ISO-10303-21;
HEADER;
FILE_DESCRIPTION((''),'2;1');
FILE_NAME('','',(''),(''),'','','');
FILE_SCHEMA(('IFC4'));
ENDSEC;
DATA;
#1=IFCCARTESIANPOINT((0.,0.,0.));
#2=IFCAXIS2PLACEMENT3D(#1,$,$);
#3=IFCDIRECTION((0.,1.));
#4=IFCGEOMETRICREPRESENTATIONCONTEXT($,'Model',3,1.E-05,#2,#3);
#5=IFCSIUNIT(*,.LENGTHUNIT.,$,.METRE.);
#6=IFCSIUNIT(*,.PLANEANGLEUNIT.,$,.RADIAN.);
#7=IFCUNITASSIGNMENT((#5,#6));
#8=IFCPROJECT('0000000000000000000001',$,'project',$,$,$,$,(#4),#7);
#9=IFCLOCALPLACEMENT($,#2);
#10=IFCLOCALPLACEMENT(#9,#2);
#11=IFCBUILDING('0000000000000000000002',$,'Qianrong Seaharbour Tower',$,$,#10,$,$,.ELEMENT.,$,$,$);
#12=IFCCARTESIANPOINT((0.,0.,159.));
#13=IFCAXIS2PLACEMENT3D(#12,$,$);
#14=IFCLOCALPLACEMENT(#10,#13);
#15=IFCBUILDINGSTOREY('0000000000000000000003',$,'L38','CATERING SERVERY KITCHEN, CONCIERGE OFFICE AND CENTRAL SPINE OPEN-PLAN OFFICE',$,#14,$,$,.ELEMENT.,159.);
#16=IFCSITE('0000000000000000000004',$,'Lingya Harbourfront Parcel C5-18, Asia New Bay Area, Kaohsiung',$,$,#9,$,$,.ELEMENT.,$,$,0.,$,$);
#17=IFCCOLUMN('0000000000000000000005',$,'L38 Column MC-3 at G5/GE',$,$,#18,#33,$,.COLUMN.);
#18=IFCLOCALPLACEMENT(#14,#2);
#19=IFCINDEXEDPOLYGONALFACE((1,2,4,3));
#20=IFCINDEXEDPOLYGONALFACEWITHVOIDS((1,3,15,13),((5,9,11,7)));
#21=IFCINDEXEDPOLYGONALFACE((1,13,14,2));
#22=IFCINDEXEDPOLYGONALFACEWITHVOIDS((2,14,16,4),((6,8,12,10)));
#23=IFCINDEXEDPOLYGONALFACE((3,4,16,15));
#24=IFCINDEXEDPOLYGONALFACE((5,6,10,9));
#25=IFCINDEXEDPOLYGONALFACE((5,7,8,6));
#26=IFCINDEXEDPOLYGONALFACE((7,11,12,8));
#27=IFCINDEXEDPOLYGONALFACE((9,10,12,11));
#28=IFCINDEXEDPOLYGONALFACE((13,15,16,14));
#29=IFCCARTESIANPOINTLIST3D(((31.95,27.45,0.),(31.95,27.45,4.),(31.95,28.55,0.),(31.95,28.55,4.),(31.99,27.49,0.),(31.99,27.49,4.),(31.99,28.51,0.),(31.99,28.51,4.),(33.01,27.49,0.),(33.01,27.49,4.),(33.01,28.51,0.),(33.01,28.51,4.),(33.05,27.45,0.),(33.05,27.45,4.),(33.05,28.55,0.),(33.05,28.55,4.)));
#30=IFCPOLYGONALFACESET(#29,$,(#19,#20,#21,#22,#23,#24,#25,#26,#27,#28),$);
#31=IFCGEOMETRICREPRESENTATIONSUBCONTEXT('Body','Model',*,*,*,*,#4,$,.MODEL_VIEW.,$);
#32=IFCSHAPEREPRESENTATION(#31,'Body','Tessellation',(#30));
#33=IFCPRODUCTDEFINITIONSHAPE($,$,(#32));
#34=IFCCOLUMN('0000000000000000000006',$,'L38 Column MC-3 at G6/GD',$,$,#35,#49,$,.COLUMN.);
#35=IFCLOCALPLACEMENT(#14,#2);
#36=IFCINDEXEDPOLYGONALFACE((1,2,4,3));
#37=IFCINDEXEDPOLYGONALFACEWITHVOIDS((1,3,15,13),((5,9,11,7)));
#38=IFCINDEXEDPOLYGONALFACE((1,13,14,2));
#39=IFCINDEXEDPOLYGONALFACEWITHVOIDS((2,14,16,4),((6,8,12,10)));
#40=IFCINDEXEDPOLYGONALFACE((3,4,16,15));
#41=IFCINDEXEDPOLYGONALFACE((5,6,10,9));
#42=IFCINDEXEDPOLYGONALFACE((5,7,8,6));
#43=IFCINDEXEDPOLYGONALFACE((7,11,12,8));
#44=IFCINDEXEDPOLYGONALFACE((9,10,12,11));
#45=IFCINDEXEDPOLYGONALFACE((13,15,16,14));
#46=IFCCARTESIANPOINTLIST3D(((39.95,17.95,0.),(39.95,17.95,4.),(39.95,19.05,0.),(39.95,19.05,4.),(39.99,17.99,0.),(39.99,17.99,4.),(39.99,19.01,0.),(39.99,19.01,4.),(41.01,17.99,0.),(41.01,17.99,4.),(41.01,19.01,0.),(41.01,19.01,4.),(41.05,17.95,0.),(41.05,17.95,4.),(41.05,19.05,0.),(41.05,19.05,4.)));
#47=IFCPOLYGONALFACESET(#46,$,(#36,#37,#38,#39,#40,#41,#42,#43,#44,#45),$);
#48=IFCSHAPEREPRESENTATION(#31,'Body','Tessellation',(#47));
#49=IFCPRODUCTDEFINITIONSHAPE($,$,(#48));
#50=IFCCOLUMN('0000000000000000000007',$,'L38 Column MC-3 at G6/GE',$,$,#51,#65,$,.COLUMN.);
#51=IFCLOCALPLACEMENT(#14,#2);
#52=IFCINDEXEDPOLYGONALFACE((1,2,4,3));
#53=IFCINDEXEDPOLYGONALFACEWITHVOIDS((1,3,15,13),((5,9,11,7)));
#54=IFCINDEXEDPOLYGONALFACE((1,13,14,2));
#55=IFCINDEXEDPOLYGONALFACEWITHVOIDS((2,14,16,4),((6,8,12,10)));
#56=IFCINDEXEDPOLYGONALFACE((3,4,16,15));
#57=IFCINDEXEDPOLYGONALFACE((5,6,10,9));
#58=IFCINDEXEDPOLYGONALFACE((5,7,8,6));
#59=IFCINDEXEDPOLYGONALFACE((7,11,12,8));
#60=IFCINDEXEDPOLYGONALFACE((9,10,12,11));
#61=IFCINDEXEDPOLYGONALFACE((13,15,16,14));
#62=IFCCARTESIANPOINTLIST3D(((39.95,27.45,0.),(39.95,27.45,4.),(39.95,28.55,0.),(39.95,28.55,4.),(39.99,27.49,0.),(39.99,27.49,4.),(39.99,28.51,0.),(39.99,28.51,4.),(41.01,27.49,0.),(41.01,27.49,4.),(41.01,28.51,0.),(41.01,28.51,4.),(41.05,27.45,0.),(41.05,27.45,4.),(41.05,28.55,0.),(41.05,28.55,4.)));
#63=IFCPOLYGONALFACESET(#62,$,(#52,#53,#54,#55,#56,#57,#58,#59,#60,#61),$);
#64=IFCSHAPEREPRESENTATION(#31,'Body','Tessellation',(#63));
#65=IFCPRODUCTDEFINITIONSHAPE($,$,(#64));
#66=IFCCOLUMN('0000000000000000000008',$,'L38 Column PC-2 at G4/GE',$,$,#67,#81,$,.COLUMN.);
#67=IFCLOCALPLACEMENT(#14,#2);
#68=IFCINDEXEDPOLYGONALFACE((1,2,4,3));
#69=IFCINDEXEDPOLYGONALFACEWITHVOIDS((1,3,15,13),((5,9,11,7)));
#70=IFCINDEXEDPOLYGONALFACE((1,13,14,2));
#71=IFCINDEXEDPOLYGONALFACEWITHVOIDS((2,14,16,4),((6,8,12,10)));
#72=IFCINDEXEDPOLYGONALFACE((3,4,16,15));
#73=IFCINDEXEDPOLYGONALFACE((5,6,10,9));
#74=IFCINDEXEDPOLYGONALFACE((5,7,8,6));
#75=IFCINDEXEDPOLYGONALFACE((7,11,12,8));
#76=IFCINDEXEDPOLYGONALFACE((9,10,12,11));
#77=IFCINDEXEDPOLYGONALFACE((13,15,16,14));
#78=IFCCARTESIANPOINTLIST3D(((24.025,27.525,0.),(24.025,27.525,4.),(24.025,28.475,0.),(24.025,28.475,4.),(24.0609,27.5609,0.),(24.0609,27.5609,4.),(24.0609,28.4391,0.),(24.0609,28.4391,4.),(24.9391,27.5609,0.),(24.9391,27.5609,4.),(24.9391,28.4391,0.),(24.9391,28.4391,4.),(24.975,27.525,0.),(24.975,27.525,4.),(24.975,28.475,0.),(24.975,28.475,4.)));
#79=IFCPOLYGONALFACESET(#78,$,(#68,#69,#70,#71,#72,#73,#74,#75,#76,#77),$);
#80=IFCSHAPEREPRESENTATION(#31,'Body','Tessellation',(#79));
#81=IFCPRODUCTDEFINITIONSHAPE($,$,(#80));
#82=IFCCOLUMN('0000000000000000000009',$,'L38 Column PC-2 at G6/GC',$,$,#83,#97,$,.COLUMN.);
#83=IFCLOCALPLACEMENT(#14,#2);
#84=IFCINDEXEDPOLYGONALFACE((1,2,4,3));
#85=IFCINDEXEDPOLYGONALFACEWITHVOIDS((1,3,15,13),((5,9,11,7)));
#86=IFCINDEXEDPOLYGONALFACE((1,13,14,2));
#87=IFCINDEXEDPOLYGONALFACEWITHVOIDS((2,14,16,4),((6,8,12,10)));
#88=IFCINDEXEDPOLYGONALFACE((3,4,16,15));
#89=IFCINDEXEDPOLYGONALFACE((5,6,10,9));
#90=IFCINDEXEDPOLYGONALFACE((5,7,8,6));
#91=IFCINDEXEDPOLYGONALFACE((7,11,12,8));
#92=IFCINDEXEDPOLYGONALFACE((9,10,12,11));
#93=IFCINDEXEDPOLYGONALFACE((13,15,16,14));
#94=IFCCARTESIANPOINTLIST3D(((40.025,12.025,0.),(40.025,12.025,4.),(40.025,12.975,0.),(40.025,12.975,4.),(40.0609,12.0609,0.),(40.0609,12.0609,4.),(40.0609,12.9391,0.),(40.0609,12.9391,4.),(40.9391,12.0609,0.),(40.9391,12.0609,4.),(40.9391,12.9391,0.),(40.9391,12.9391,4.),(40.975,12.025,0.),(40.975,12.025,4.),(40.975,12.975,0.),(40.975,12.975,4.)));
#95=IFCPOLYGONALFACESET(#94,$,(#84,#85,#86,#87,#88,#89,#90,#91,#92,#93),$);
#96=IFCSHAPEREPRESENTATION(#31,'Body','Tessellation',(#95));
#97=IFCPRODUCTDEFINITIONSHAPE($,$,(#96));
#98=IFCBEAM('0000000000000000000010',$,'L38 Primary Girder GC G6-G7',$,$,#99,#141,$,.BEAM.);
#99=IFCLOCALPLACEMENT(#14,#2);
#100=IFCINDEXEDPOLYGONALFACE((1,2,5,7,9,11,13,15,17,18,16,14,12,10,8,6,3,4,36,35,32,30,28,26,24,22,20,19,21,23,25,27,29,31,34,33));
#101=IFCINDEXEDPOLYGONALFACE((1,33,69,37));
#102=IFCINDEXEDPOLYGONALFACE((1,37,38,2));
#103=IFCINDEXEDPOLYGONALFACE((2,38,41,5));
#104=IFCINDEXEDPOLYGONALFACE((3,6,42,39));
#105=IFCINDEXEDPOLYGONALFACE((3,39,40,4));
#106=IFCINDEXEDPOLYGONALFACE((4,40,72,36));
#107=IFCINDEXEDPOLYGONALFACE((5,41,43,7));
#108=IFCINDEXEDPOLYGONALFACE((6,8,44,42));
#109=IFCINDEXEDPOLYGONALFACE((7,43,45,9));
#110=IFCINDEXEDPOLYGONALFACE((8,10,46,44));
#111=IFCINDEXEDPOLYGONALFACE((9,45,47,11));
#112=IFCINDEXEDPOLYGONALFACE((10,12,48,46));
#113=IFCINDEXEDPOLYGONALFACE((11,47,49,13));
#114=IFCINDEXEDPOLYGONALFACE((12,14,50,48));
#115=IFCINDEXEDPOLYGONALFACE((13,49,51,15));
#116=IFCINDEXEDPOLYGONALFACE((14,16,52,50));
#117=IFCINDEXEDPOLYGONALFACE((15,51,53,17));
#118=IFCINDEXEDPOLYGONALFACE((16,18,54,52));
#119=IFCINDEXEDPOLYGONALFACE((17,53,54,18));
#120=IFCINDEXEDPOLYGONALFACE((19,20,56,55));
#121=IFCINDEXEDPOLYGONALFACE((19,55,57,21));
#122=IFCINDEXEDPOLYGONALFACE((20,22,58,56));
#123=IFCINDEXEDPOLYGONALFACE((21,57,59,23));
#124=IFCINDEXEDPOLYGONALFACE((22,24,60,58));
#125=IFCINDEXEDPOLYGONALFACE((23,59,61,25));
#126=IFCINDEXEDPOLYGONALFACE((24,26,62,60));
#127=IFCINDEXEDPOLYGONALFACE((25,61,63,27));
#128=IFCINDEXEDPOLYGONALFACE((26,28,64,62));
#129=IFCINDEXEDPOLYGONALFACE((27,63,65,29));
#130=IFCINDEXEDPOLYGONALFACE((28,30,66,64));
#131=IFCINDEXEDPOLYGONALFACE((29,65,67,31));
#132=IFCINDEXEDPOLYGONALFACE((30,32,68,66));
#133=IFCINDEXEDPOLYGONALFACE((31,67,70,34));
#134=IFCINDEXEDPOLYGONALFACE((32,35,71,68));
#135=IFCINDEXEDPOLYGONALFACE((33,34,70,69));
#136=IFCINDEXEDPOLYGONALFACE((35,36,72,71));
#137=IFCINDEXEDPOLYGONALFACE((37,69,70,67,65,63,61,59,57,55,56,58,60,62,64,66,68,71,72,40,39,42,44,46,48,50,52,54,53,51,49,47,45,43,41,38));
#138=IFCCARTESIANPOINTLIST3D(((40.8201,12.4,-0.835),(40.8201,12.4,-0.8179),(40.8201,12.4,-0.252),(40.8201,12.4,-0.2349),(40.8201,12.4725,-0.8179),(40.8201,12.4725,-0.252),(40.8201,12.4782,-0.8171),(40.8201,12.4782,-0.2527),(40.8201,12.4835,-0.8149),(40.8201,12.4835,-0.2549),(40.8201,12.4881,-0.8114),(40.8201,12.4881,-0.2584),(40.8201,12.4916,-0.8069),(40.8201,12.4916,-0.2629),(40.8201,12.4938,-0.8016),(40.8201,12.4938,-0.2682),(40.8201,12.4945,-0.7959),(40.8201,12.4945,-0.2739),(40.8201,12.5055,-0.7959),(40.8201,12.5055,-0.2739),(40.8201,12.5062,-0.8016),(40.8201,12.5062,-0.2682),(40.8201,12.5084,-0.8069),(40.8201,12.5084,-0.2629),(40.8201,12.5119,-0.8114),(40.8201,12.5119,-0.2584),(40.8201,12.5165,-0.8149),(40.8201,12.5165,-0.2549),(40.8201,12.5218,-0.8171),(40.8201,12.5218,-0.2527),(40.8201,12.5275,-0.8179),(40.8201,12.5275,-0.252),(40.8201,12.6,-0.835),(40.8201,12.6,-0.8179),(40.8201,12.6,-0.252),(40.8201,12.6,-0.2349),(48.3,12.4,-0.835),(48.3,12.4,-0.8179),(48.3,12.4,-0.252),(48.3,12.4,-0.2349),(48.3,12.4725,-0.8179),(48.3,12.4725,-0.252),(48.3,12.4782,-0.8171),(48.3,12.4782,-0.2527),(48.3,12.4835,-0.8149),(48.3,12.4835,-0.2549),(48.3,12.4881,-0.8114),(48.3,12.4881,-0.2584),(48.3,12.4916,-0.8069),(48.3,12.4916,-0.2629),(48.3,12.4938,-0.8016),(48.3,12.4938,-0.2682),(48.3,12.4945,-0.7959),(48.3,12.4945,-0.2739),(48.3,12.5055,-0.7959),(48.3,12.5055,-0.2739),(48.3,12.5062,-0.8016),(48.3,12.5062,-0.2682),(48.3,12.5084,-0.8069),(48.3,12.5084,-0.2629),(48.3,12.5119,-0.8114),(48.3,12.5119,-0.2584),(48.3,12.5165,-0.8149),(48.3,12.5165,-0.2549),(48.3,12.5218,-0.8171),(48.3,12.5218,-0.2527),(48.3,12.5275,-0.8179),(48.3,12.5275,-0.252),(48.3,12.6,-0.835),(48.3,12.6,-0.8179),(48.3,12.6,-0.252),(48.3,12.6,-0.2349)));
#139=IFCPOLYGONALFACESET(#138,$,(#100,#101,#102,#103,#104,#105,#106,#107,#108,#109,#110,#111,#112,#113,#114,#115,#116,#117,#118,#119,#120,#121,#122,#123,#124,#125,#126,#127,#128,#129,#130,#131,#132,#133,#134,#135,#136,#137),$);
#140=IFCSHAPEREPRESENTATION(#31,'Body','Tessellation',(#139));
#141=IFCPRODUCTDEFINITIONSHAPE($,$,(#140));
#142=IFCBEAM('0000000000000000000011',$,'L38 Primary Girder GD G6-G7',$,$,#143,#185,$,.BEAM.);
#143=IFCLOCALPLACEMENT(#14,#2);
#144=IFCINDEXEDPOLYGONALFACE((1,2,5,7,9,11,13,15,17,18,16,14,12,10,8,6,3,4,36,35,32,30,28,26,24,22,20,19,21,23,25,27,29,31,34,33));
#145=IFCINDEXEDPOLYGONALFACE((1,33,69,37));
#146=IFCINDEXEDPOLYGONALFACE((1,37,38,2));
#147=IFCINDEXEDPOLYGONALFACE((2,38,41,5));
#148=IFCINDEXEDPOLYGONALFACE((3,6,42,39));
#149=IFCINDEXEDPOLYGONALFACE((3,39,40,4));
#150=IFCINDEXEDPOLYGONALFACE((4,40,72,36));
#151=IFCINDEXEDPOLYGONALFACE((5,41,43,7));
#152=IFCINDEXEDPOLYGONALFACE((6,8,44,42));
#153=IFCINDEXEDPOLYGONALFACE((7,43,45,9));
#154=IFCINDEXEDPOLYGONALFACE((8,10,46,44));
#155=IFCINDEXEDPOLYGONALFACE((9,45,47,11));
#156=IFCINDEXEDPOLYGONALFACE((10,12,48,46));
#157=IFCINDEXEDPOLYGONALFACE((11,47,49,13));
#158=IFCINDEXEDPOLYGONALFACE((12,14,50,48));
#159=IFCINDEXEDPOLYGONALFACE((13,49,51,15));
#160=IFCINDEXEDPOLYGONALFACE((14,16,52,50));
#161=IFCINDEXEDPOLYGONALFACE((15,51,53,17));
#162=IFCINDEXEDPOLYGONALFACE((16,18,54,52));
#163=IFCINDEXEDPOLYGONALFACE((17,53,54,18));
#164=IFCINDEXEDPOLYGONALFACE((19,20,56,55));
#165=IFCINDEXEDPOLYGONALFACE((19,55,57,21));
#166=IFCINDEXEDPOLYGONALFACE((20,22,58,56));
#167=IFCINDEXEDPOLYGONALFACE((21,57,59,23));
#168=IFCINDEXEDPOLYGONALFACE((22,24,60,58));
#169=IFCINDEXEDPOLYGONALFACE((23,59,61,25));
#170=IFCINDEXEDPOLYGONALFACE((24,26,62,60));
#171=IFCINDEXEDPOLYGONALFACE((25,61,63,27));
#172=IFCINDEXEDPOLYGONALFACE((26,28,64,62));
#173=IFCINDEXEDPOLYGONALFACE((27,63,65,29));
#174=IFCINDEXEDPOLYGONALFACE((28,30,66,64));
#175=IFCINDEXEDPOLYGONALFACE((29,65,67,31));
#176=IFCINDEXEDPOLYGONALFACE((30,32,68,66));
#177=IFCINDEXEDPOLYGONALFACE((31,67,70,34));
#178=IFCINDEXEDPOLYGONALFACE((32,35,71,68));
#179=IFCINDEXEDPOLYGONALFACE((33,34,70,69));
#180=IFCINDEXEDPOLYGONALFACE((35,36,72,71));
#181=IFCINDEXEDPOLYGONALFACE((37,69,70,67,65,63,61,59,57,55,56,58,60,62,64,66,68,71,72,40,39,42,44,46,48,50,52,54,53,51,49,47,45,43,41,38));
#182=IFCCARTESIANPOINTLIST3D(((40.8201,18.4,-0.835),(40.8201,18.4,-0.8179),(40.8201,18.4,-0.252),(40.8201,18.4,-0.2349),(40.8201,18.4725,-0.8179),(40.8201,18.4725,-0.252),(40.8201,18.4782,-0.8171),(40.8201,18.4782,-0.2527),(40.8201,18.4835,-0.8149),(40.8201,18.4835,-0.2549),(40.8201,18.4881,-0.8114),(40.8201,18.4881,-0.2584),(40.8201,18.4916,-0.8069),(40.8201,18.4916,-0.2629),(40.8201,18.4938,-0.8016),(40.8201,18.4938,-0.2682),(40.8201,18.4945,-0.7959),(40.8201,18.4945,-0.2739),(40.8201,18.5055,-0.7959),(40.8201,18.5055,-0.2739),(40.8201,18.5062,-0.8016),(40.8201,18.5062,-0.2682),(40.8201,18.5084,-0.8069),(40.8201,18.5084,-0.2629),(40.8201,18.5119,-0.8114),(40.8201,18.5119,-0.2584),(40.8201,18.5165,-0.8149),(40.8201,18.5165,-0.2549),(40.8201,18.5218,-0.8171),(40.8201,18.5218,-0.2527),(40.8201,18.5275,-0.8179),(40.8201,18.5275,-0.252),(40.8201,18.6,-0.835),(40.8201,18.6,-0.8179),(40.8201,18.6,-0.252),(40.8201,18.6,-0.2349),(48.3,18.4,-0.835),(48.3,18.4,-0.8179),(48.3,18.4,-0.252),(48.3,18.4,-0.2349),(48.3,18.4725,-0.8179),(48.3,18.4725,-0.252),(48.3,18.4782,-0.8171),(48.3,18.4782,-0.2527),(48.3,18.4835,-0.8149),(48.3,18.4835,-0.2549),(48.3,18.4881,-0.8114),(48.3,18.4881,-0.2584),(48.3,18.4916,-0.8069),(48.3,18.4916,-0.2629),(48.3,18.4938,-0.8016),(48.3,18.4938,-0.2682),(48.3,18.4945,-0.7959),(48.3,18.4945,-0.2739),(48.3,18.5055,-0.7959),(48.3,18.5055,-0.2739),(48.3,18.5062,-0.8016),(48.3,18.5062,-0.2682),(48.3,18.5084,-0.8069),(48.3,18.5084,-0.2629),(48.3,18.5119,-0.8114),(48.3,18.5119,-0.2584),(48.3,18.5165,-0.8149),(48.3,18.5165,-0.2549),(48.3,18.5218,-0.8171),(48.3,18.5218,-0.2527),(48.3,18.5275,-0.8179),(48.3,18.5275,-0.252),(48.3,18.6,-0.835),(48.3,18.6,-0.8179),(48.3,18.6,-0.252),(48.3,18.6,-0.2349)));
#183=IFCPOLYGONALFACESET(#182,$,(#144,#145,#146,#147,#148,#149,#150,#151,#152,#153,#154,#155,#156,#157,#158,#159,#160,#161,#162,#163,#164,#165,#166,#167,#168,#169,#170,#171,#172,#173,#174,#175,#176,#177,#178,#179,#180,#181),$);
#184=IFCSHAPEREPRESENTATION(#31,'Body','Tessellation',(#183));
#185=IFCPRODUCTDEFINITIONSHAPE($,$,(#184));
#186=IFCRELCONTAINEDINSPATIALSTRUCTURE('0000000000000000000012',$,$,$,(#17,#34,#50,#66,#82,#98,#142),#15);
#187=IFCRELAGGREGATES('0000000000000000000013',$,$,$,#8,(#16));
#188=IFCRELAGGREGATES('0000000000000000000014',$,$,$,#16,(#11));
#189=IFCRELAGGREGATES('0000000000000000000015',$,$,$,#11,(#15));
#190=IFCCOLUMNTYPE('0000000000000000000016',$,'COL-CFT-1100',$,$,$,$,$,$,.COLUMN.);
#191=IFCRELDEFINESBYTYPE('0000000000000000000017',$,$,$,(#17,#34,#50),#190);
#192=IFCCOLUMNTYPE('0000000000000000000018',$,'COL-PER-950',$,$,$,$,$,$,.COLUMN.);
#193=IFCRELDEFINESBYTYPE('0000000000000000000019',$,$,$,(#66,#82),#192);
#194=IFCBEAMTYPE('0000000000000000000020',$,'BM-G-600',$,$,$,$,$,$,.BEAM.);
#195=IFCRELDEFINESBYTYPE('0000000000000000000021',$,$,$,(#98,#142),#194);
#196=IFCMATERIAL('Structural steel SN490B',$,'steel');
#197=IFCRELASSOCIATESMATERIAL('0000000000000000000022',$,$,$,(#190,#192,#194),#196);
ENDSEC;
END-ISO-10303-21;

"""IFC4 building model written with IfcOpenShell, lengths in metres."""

from ifc_helpers import new_model, si_unit, direction, frame, origin, origin_2d, place, context, subcontext, project, spatial, hollow_rectangle, i_section, extrude, material, material_profile, profile_set, type_object, element, save


model = new_model("IFC4")

# Units and contexts
model_context = context("Model", 3, precision=1e-05, world=origin(), true_north=direction((0.0, 1.0)))
body_context = subcontext(model_context, "Body", "Model", "MODEL_VIEW")
ifc_project = project(units=[si_unit("LENGTHUNIT", "METRE"), si_unit("PLANEANGLEUNIT", "RADIAN")], contexts=[model_context])

# Site, building, storey
site_placement = place(None, origin())
site = spatial("IfcSite", under=ifc_project, at=site_placement, Name="Lingya Harbourfront Parcel C5-18, Asia New Bay Area, Kaohsiung", CompositionType="ELEMENT", RefElevation=0.0)
building_placement = place(site_placement, origin())
building = spatial("IfcBuilding", under=site, at=building_placement, Name="Qianrong Seaharbour Tower", CompositionType="ELEMENT")
storey_placement = place(building_placement, frame((0.0, 0.0, 159.0)))
storey = spatial("IfcBuildingStorey", under=building, at=storey_placement, Name="L38", Description="CATERING SERVERY KITCHEN, CONCIERGE OFFICE AND CENTRAL SPINE OPEN-PLAN OFFICE", CompositionType="ELEMENT", Elevation=159.0)

# Columns
ifc_material_1 = material(Name="Structural steel SN490B", Category="steel")
ifc_material_profile_1 = material_profile(ifc_material_1, hollow_rectangle(XDim=1.1001, YDim=1.1001, WallThickness=0.04, at=origin_2d()), Name="BOX1100x1100x40")
ifc_profile_set_1 = profile_set([ifc_material_profile_1], Name="Structural steel SN490B")
column_type_1 = type_object("IfcColumnType", Name="COL-CFT-1100", PredefinedType="COLUMN", material=ifc_profile_set_1)
for number, where, z_axis, x_axis, name in (
    (1, (32.5, 28.0, 0.0), (0.0, 0.0, 1.0), (1.0, 0.0, 0.0), "L38 Column MC-3 at G5/GE"),
    (2, (40.5, 18.5, 0.0), (0.0, 0.0, 1.0), (1.0, 0.0, 0.0), "L38 Column MC-3 at G6/GD"),
    (3, (40.5, 28.0, 0.0), (0.0, 0.0, 1.0), (1.0, 0.0, 0.0), "L38 Column MC-3 at G6/GE"),
):
    element("IfcColumn", number, at=place(storey_placement, frame(where, z_axis=z_axis, x_axis=x_axis)), inside=storey, type_object=column_type_1, Name=name, PredefinedType="COLUMN", context=body_context, shape_type="SweptSolid", body=[
        extrude(hollow_rectangle(XDim=1.1001, YDim=1.1001, WallThickness=0.04, at=origin_2d()), origin(), (0.0, 0.0, 1.0), 4.0),
    ])
ifc_material_profile_2 = material_profile(ifc_material_1, hollow_rectangle(XDim=0.95, YDim=0.95, WallThickness=0.0359, at=origin_2d()), Name="BOX950x950x36")
ifc_profile_set_2 = profile_set([ifc_material_profile_2], Name="Structural steel SN490B")
column_type_2 = type_object("IfcColumnType", Name="COL-PER-950", PredefinedType="COLUMN", material=ifc_profile_set_2)
for number, where, z_axis, x_axis, name in (
    (4, (24.5, 28.0, 0.0), (0.0, 0.0, 1.0), (1.0, 0.0, 0.0), "L38 Column PC-2 at G4/GE"),
    (5, (40.5, 12.5, 0.0), (0.0, 0.0, 1.0), (1.0, 0.0, 0.0), "L38 Column PC-2 at G6/GC"),
):
    element("IfcColumn", number, at=place(storey_placement, frame(where, z_axis=z_axis, x_axis=x_axis)), inside=storey, type_object=column_type_2, Name=name, PredefinedType="COLUMN", context=body_context, shape_type="SweptSolid", body=[
        extrude(hollow_rectangle(XDim=0.95, YDim=0.95, WallThickness=0.0359, at=origin_2d()), origin(), (0.0, 0.0, 1.0), 4.0),
    ])

# Beams
ifc_material_profile_3 = material_profile(ifc_material_1, i_section(OverallWidth=0.2, OverallDepth=0.6001, WebThickness=0.011, FlangeThickness=0.0171, FilletRadius=0.022, at=origin_2d()), Name="H600x200x11x17")
ifc_profile_set_3 = profile_set([ifc_material_profile_3], Name="Structural steel SN490B")
beam_type_1 = type_object("IfcBeamType", Name="BM-G-600", PredefinedType="BEAM", material=ifc_profile_set_3)
for number, where, z_axis, x_axis, name in (
    (6, (40.8201, 12.5, -0.5349), (1.0, 0.0, 0.0), (0.0, 1.0, 0.0), "L38 Primary Girder GC G6-G7"),
    (7, (40.8201, 18.5, -0.5349), (1.0, 0.0, 0.0), (0.0, 1.0, 0.0), "L38 Primary Girder GD G6-G7"),
):
    element("IfcBeam", number, at=place(storey_placement, frame(where, z_axis=z_axis, x_axis=x_axis)), inside=storey, type_object=beam_type_1, Name=name, PredefinedType="BEAM", context=body_context, shape_type="SweptSolid", body=[
        extrude(i_section(OverallWidth=0.2, OverallDepth=0.6001, WebThickness=0.011, FlangeThickness=0.0171, FilletRadius=0.022, at=origin_2d()), origin(), (0.0, 0.0, 1.0), 7.48),
    ])

save(model, "model.ifc")
